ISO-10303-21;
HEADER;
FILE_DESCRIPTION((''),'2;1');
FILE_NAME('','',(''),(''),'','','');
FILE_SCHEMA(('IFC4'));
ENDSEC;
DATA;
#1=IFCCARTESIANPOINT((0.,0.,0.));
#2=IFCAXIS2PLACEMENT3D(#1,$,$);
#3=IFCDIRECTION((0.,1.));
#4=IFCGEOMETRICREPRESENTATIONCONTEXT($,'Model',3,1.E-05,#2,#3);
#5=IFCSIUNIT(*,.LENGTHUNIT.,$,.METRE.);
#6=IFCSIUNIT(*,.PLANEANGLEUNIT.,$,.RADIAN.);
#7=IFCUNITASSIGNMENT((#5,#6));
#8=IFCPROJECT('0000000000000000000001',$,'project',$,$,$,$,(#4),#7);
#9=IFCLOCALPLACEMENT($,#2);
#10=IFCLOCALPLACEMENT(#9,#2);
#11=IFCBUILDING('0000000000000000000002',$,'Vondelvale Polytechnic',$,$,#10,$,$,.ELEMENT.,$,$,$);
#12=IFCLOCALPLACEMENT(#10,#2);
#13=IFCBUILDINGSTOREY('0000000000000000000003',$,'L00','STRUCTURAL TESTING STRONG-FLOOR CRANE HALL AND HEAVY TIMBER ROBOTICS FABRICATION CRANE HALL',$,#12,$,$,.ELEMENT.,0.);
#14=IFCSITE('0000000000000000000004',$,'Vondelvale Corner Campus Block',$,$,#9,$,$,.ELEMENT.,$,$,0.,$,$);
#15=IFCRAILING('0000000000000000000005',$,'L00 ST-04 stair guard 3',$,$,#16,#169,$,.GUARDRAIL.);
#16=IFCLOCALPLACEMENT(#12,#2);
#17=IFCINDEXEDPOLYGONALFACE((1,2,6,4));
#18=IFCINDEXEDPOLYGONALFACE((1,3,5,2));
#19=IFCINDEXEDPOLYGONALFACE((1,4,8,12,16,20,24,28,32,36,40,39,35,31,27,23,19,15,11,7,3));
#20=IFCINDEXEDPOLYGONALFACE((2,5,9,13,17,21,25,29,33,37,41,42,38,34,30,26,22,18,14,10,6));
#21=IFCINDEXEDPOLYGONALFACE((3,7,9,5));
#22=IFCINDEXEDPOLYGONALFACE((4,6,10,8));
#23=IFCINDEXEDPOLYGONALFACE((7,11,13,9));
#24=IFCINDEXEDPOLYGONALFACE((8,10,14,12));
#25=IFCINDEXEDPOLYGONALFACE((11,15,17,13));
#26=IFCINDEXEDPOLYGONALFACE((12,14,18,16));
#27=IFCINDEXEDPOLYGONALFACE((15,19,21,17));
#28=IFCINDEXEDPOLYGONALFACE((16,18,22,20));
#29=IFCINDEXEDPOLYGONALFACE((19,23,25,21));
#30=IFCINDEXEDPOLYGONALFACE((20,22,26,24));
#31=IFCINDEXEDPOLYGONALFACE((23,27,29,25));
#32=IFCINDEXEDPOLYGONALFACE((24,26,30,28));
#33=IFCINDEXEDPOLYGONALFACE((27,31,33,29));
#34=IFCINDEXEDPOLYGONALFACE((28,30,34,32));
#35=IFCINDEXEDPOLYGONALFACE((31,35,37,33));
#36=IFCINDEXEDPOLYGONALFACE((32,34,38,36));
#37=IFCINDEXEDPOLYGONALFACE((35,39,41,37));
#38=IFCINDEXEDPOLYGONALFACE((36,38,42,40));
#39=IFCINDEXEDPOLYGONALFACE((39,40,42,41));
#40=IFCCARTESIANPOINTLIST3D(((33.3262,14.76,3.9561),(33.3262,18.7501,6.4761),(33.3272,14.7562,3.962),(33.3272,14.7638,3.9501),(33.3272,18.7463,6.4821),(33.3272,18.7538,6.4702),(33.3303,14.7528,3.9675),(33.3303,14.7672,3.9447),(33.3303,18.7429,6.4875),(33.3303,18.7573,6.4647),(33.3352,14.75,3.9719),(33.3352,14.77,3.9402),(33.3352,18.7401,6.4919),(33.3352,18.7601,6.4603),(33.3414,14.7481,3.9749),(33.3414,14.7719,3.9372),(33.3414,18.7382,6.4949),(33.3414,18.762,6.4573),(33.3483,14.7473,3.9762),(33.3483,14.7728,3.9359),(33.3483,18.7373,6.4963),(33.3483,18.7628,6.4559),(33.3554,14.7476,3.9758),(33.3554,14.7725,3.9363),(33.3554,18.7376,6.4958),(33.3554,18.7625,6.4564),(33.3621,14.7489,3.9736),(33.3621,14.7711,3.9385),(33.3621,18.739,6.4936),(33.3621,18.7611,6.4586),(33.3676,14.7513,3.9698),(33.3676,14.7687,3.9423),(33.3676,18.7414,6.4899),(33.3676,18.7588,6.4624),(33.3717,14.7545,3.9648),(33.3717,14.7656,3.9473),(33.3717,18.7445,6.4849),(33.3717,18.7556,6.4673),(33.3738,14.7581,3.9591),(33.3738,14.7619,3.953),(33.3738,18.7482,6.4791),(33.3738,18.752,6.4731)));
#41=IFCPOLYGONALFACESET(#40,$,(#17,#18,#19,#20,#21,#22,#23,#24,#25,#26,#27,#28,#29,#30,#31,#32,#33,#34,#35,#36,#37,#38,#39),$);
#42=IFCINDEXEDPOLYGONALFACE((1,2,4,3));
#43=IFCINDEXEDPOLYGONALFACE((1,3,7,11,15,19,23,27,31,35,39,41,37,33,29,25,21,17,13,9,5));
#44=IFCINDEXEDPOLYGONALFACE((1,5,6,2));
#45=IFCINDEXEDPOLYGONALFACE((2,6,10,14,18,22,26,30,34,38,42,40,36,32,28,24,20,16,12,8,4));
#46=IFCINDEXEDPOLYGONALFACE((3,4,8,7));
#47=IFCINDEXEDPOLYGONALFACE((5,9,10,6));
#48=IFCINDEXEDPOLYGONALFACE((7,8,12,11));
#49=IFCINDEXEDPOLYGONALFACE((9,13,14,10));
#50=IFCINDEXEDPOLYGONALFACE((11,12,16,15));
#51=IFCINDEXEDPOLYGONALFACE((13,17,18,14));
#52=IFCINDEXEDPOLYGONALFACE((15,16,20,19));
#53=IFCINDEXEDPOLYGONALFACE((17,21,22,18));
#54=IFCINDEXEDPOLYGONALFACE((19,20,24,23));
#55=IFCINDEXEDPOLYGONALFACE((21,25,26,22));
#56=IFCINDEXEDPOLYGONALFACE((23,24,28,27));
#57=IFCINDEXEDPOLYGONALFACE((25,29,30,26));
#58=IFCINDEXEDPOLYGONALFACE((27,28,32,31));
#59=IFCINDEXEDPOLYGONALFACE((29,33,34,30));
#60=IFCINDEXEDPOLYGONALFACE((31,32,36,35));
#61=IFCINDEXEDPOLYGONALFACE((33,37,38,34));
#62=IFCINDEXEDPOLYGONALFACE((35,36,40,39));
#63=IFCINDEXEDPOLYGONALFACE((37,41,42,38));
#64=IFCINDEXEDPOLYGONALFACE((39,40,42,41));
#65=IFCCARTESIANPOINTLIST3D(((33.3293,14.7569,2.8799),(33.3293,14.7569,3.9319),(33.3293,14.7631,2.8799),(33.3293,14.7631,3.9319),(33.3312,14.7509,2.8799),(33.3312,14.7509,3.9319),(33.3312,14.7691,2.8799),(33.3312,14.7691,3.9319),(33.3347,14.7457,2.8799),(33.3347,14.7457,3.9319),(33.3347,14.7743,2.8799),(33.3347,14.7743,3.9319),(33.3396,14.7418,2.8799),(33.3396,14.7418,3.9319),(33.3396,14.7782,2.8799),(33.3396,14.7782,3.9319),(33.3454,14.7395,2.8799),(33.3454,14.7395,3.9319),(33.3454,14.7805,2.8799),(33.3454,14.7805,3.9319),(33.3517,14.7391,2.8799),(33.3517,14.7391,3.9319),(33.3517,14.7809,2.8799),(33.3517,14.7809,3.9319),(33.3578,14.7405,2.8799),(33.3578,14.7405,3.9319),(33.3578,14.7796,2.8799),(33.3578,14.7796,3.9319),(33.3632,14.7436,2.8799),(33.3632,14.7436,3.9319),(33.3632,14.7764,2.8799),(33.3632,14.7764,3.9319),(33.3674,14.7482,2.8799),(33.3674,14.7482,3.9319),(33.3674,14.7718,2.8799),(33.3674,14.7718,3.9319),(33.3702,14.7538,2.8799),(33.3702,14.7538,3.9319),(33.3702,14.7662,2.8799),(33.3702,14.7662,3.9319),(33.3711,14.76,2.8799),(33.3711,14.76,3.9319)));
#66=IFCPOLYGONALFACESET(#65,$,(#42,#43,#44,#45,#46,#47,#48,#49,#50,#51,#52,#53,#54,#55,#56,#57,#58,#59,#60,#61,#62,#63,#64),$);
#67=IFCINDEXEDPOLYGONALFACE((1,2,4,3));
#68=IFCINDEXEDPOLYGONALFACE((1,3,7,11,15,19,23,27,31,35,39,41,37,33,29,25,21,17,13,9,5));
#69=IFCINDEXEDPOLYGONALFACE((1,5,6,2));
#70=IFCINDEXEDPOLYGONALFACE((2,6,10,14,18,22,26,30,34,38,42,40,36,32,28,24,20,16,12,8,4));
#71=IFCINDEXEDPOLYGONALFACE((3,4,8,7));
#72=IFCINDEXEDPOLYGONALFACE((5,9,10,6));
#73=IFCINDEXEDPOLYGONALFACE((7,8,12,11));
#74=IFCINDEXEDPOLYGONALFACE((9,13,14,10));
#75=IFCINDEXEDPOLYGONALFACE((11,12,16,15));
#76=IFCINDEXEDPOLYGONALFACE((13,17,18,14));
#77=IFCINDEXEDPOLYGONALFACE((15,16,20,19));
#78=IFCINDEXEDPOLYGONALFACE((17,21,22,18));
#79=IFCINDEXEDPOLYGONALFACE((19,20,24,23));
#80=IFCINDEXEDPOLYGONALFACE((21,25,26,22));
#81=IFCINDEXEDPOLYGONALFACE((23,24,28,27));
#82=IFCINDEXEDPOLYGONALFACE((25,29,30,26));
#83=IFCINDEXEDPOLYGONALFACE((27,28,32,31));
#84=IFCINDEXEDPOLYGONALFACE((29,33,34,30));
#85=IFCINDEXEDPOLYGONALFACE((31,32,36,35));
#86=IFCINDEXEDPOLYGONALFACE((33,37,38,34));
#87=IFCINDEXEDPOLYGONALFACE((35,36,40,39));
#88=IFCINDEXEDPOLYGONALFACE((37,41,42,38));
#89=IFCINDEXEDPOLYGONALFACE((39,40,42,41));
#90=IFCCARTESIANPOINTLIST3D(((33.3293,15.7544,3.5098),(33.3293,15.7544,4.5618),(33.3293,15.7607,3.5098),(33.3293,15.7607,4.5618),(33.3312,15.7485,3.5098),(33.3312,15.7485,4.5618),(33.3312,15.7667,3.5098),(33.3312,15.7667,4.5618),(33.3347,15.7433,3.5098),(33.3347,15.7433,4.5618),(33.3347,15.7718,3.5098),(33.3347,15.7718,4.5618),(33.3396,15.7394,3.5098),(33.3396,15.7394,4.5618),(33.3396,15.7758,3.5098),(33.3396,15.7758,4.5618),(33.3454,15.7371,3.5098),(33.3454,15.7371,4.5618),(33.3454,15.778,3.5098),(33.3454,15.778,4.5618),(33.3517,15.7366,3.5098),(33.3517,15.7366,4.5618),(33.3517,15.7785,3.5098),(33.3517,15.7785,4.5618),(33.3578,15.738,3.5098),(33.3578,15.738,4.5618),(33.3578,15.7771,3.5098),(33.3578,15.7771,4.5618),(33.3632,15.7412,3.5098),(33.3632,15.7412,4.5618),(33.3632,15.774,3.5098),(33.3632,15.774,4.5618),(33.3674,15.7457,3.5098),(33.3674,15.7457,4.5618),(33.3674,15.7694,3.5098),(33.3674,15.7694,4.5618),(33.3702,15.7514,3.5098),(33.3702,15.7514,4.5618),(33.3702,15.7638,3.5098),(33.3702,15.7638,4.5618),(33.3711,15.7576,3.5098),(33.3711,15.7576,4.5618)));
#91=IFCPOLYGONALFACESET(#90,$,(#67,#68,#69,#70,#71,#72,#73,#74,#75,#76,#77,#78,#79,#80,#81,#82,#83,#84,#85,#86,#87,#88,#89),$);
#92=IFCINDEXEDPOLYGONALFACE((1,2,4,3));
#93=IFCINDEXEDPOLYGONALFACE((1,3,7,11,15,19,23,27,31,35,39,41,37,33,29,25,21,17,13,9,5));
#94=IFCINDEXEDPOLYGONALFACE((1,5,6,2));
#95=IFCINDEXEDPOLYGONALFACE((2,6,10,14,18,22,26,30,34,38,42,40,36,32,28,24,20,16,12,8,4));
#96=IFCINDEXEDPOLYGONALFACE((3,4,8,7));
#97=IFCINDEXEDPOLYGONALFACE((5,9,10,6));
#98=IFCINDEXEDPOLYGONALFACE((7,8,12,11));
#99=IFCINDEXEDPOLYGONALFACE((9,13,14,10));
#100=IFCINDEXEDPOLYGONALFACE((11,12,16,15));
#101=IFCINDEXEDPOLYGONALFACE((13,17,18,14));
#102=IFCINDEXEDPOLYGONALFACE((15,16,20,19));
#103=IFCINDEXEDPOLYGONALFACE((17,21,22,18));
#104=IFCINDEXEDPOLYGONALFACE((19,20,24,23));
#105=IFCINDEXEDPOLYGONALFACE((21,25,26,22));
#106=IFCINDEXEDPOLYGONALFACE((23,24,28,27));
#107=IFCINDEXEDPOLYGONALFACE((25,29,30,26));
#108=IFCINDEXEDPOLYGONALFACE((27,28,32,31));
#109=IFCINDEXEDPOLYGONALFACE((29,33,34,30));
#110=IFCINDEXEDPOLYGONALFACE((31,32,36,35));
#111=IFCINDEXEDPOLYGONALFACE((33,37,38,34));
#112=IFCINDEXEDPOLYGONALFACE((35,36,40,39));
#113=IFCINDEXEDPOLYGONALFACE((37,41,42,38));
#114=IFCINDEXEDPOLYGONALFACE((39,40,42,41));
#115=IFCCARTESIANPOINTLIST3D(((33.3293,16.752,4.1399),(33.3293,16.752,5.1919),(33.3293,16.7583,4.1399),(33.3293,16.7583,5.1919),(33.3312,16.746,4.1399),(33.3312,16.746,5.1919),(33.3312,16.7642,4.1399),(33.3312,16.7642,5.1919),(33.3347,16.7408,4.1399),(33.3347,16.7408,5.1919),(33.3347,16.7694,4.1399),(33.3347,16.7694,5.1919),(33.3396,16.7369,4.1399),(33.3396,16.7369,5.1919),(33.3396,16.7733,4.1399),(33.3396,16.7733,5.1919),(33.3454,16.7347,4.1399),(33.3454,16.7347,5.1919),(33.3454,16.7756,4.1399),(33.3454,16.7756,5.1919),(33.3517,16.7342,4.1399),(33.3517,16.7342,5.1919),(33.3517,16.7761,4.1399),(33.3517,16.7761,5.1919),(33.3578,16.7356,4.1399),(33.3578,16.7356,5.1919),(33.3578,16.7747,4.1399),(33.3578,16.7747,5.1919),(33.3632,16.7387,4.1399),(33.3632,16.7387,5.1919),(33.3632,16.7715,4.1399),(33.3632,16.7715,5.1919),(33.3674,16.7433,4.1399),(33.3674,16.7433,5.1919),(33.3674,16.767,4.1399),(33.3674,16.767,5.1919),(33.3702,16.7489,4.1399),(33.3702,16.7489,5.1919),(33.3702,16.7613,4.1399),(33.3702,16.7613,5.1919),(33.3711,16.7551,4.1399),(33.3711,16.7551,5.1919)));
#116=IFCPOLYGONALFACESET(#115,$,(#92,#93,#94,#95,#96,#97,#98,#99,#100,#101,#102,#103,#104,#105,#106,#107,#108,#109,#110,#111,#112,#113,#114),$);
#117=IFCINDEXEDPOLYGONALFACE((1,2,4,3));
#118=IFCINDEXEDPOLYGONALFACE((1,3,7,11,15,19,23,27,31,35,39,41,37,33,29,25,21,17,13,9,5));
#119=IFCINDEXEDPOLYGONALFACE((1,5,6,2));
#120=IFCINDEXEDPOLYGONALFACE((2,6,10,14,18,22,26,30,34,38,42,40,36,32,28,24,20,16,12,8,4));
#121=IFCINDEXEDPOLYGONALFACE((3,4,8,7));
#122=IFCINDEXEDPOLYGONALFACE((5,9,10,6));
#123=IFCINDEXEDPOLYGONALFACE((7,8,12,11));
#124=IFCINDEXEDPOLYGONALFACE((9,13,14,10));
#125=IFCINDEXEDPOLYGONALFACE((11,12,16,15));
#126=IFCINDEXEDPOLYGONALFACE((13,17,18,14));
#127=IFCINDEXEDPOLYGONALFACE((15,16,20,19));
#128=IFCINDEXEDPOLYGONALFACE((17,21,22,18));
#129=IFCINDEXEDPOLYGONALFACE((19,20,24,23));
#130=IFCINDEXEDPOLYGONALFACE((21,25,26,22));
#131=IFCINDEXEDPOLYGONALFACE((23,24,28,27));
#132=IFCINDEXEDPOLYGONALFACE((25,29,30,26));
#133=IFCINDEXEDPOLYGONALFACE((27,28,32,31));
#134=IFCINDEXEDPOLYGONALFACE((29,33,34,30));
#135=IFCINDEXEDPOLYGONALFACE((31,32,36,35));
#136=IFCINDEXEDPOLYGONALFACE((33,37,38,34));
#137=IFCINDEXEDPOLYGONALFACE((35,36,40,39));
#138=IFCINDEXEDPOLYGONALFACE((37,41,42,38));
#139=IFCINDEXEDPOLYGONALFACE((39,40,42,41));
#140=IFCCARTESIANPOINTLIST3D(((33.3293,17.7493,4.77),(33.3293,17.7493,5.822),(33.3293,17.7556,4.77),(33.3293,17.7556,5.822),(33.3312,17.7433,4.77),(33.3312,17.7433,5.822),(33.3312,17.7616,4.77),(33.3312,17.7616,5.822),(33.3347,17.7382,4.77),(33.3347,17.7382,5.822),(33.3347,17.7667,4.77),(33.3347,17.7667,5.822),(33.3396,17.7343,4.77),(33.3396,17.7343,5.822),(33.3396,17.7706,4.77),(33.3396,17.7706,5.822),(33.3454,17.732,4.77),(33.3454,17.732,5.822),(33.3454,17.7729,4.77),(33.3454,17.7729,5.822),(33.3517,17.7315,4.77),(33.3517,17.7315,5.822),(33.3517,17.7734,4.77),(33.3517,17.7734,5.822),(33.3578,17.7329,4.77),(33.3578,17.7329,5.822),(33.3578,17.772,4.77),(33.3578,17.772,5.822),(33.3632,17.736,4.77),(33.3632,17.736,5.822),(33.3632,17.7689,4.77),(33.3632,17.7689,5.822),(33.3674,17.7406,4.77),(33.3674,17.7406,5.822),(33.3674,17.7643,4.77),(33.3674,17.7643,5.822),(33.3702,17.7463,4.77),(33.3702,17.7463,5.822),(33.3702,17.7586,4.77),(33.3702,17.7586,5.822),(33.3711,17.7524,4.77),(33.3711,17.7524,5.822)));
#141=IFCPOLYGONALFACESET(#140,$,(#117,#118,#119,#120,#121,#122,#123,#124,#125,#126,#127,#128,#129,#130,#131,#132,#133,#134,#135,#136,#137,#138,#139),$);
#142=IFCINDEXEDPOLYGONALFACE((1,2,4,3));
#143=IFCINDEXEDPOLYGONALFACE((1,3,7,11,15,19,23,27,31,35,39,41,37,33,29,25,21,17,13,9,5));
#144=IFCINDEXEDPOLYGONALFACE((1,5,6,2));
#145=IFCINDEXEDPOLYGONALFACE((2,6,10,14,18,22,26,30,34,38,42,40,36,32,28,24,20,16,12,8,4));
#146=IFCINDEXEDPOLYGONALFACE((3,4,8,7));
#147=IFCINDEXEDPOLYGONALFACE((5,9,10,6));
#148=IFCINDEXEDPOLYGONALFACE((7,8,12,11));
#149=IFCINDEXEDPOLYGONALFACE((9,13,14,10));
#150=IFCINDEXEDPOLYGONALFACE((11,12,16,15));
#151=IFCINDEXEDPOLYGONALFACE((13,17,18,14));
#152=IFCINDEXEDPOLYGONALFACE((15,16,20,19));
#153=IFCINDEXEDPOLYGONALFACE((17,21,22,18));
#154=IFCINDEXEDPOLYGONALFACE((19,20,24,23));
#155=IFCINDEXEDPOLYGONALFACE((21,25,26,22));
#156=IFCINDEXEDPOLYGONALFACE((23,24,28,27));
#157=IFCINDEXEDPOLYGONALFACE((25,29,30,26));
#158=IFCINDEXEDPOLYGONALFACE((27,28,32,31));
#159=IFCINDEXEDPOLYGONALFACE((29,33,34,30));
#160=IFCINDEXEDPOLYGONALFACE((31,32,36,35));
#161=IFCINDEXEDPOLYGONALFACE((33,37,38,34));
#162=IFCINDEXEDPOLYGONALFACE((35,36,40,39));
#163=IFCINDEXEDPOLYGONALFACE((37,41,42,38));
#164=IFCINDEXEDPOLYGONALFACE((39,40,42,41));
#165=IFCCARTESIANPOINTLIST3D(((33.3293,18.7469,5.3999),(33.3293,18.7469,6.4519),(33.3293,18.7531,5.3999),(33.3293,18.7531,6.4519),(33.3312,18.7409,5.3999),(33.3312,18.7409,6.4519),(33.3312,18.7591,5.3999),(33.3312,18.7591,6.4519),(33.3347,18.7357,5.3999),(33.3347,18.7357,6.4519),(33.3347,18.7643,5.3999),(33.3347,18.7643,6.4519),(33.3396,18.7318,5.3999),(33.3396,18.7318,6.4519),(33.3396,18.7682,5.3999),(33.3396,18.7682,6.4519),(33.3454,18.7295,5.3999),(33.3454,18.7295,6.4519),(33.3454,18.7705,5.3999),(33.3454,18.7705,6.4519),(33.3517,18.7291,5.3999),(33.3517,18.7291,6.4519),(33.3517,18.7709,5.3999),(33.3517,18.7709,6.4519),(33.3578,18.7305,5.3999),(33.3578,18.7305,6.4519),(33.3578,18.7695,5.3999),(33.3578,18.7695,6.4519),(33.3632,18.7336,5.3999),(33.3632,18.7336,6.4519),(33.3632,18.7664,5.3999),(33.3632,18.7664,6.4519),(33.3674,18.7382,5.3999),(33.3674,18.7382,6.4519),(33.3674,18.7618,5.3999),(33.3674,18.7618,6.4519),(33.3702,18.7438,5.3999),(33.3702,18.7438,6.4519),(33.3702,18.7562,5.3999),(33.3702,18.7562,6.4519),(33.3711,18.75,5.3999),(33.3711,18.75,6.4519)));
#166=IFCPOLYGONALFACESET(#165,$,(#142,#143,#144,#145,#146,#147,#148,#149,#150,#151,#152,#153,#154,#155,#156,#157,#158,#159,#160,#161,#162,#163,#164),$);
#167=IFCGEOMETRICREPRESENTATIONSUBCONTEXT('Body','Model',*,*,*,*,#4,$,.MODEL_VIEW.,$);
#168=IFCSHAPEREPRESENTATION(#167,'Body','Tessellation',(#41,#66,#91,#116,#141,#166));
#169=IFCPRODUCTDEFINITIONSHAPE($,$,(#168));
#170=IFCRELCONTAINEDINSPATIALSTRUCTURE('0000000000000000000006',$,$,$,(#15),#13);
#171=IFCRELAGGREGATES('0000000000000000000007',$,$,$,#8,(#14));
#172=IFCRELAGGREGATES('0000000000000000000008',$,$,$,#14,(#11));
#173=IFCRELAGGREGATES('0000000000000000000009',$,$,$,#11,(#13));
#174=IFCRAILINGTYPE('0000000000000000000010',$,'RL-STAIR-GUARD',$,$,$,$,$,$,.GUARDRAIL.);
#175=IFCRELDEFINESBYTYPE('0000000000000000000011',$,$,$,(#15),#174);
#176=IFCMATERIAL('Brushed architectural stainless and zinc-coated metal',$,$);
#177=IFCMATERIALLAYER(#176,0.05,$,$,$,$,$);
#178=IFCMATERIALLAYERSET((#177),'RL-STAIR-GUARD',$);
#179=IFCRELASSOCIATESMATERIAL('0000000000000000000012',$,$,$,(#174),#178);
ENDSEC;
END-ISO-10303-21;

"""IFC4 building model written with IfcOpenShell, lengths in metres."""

from ifc_helpers import new_model, si_unit, direction, frame, origin, origin_2d, place, context, subcontext, project, spatial, circle, extrude, material, layer, layer_set, type_object, element, save


model = new_model("IFC4")

# Units and contexts
model_context = context("Model", 3, precision=1e-05, world=origin(), true_north=direction((0.0, 1.0)))
body_context = subcontext(model_context, "Body", "Model", "MODEL_VIEW")
ifc_project = project(units=[si_unit("LENGTHUNIT", "METRE"), si_unit("PLANEANGLEUNIT", "RADIAN")], contexts=[model_context])

# Site, building, storey
site_placement = place(None, origin())
site = spatial("IfcSite", under=ifc_project, at=site_placement, Name="Vondelvale Corner Campus Block", CompositionType="ELEMENT", RefElevation=0.0)
building_placement = place(site_placement, origin())
building = spatial("IfcBuilding", under=site, at=building_placement, Name="Vondelvale Polytechnic", CompositionType="ELEMENT")
storey_placement = place(building_placement, origin())
storey = spatial("IfcBuildingStorey", under=building, at=storey_placement, Name="L00", Description="STRUCTURAL TESTING STRONG-FLOOR CRANE HALL AND HEAVY TIMBER ROBOTICS FABRICATION CRANE HALL", CompositionType="ELEMENT", Elevation=0.0)

# Shared definitions
ifc_material_1 = material(Name="Brushed architectural stainless and zinc-coated metal")

# Railing
ifc_layer_1 = layer(ifc_material_1, 0.05)
ifc_layer_set_1 = layer_set([ifc_layer_1], Name="RL-STAIR-GUARD")
railing_type_1 = type_object("IfcRailingType", Name="RL-STAIR-GUARD", PredefinedType="GUARDRAIL", material=ifc_layer_set_1)
railing_1_placement = place(storey_placement, frame((33.3501, 14.76, 2.8799)))
element("IfcRailing", 1, at=railing_1_placement, inside=storey, type_object=railing_type_1, Name="L00 ST-04 stair guard 3", PredefinedType="GUARDRAIL", context=body_context, shape_type="SweptSolid", body=[
    extrude(circle(Radius=0.0239, at=origin_2d()), frame((0.0, 0.0, 1.0762), z_axis=(0.0, 0.845486, 0.533997), x_axis=(-1.0, 0.0, 0.0)), (0.0, 0.0, 1.0), 4.7192),
    extrude(circle(Radius=0.021, at=origin_2d()), origin(), (0.0, 0.0, 1.0), 1.052),
    extrude(circle(Radius=0.021, at=origin_2d()), frame((0.0, 0.9976, 0.6299)), (0.0, 0.0, 1.0), 1.052),
    extrude(circle(Radius=0.021, at=origin_2d()), frame((0.0, 1.9951, 1.26)), (0.0, 0.0, 1.0), 1.052),
    extrude(circle(Radius=0.021, at=origin_2d()), frame((0.0, 2.9924, 1.8901)), (0.0, 0.0, 1.0), 1.052),
    extrude(circle(Radius=0.021, at=origin_2d()), frame((0.0, 3.99, 2.52)), (0.0, 0.0, 1.0), 1.052),
])

save(model, "model.ifc")
